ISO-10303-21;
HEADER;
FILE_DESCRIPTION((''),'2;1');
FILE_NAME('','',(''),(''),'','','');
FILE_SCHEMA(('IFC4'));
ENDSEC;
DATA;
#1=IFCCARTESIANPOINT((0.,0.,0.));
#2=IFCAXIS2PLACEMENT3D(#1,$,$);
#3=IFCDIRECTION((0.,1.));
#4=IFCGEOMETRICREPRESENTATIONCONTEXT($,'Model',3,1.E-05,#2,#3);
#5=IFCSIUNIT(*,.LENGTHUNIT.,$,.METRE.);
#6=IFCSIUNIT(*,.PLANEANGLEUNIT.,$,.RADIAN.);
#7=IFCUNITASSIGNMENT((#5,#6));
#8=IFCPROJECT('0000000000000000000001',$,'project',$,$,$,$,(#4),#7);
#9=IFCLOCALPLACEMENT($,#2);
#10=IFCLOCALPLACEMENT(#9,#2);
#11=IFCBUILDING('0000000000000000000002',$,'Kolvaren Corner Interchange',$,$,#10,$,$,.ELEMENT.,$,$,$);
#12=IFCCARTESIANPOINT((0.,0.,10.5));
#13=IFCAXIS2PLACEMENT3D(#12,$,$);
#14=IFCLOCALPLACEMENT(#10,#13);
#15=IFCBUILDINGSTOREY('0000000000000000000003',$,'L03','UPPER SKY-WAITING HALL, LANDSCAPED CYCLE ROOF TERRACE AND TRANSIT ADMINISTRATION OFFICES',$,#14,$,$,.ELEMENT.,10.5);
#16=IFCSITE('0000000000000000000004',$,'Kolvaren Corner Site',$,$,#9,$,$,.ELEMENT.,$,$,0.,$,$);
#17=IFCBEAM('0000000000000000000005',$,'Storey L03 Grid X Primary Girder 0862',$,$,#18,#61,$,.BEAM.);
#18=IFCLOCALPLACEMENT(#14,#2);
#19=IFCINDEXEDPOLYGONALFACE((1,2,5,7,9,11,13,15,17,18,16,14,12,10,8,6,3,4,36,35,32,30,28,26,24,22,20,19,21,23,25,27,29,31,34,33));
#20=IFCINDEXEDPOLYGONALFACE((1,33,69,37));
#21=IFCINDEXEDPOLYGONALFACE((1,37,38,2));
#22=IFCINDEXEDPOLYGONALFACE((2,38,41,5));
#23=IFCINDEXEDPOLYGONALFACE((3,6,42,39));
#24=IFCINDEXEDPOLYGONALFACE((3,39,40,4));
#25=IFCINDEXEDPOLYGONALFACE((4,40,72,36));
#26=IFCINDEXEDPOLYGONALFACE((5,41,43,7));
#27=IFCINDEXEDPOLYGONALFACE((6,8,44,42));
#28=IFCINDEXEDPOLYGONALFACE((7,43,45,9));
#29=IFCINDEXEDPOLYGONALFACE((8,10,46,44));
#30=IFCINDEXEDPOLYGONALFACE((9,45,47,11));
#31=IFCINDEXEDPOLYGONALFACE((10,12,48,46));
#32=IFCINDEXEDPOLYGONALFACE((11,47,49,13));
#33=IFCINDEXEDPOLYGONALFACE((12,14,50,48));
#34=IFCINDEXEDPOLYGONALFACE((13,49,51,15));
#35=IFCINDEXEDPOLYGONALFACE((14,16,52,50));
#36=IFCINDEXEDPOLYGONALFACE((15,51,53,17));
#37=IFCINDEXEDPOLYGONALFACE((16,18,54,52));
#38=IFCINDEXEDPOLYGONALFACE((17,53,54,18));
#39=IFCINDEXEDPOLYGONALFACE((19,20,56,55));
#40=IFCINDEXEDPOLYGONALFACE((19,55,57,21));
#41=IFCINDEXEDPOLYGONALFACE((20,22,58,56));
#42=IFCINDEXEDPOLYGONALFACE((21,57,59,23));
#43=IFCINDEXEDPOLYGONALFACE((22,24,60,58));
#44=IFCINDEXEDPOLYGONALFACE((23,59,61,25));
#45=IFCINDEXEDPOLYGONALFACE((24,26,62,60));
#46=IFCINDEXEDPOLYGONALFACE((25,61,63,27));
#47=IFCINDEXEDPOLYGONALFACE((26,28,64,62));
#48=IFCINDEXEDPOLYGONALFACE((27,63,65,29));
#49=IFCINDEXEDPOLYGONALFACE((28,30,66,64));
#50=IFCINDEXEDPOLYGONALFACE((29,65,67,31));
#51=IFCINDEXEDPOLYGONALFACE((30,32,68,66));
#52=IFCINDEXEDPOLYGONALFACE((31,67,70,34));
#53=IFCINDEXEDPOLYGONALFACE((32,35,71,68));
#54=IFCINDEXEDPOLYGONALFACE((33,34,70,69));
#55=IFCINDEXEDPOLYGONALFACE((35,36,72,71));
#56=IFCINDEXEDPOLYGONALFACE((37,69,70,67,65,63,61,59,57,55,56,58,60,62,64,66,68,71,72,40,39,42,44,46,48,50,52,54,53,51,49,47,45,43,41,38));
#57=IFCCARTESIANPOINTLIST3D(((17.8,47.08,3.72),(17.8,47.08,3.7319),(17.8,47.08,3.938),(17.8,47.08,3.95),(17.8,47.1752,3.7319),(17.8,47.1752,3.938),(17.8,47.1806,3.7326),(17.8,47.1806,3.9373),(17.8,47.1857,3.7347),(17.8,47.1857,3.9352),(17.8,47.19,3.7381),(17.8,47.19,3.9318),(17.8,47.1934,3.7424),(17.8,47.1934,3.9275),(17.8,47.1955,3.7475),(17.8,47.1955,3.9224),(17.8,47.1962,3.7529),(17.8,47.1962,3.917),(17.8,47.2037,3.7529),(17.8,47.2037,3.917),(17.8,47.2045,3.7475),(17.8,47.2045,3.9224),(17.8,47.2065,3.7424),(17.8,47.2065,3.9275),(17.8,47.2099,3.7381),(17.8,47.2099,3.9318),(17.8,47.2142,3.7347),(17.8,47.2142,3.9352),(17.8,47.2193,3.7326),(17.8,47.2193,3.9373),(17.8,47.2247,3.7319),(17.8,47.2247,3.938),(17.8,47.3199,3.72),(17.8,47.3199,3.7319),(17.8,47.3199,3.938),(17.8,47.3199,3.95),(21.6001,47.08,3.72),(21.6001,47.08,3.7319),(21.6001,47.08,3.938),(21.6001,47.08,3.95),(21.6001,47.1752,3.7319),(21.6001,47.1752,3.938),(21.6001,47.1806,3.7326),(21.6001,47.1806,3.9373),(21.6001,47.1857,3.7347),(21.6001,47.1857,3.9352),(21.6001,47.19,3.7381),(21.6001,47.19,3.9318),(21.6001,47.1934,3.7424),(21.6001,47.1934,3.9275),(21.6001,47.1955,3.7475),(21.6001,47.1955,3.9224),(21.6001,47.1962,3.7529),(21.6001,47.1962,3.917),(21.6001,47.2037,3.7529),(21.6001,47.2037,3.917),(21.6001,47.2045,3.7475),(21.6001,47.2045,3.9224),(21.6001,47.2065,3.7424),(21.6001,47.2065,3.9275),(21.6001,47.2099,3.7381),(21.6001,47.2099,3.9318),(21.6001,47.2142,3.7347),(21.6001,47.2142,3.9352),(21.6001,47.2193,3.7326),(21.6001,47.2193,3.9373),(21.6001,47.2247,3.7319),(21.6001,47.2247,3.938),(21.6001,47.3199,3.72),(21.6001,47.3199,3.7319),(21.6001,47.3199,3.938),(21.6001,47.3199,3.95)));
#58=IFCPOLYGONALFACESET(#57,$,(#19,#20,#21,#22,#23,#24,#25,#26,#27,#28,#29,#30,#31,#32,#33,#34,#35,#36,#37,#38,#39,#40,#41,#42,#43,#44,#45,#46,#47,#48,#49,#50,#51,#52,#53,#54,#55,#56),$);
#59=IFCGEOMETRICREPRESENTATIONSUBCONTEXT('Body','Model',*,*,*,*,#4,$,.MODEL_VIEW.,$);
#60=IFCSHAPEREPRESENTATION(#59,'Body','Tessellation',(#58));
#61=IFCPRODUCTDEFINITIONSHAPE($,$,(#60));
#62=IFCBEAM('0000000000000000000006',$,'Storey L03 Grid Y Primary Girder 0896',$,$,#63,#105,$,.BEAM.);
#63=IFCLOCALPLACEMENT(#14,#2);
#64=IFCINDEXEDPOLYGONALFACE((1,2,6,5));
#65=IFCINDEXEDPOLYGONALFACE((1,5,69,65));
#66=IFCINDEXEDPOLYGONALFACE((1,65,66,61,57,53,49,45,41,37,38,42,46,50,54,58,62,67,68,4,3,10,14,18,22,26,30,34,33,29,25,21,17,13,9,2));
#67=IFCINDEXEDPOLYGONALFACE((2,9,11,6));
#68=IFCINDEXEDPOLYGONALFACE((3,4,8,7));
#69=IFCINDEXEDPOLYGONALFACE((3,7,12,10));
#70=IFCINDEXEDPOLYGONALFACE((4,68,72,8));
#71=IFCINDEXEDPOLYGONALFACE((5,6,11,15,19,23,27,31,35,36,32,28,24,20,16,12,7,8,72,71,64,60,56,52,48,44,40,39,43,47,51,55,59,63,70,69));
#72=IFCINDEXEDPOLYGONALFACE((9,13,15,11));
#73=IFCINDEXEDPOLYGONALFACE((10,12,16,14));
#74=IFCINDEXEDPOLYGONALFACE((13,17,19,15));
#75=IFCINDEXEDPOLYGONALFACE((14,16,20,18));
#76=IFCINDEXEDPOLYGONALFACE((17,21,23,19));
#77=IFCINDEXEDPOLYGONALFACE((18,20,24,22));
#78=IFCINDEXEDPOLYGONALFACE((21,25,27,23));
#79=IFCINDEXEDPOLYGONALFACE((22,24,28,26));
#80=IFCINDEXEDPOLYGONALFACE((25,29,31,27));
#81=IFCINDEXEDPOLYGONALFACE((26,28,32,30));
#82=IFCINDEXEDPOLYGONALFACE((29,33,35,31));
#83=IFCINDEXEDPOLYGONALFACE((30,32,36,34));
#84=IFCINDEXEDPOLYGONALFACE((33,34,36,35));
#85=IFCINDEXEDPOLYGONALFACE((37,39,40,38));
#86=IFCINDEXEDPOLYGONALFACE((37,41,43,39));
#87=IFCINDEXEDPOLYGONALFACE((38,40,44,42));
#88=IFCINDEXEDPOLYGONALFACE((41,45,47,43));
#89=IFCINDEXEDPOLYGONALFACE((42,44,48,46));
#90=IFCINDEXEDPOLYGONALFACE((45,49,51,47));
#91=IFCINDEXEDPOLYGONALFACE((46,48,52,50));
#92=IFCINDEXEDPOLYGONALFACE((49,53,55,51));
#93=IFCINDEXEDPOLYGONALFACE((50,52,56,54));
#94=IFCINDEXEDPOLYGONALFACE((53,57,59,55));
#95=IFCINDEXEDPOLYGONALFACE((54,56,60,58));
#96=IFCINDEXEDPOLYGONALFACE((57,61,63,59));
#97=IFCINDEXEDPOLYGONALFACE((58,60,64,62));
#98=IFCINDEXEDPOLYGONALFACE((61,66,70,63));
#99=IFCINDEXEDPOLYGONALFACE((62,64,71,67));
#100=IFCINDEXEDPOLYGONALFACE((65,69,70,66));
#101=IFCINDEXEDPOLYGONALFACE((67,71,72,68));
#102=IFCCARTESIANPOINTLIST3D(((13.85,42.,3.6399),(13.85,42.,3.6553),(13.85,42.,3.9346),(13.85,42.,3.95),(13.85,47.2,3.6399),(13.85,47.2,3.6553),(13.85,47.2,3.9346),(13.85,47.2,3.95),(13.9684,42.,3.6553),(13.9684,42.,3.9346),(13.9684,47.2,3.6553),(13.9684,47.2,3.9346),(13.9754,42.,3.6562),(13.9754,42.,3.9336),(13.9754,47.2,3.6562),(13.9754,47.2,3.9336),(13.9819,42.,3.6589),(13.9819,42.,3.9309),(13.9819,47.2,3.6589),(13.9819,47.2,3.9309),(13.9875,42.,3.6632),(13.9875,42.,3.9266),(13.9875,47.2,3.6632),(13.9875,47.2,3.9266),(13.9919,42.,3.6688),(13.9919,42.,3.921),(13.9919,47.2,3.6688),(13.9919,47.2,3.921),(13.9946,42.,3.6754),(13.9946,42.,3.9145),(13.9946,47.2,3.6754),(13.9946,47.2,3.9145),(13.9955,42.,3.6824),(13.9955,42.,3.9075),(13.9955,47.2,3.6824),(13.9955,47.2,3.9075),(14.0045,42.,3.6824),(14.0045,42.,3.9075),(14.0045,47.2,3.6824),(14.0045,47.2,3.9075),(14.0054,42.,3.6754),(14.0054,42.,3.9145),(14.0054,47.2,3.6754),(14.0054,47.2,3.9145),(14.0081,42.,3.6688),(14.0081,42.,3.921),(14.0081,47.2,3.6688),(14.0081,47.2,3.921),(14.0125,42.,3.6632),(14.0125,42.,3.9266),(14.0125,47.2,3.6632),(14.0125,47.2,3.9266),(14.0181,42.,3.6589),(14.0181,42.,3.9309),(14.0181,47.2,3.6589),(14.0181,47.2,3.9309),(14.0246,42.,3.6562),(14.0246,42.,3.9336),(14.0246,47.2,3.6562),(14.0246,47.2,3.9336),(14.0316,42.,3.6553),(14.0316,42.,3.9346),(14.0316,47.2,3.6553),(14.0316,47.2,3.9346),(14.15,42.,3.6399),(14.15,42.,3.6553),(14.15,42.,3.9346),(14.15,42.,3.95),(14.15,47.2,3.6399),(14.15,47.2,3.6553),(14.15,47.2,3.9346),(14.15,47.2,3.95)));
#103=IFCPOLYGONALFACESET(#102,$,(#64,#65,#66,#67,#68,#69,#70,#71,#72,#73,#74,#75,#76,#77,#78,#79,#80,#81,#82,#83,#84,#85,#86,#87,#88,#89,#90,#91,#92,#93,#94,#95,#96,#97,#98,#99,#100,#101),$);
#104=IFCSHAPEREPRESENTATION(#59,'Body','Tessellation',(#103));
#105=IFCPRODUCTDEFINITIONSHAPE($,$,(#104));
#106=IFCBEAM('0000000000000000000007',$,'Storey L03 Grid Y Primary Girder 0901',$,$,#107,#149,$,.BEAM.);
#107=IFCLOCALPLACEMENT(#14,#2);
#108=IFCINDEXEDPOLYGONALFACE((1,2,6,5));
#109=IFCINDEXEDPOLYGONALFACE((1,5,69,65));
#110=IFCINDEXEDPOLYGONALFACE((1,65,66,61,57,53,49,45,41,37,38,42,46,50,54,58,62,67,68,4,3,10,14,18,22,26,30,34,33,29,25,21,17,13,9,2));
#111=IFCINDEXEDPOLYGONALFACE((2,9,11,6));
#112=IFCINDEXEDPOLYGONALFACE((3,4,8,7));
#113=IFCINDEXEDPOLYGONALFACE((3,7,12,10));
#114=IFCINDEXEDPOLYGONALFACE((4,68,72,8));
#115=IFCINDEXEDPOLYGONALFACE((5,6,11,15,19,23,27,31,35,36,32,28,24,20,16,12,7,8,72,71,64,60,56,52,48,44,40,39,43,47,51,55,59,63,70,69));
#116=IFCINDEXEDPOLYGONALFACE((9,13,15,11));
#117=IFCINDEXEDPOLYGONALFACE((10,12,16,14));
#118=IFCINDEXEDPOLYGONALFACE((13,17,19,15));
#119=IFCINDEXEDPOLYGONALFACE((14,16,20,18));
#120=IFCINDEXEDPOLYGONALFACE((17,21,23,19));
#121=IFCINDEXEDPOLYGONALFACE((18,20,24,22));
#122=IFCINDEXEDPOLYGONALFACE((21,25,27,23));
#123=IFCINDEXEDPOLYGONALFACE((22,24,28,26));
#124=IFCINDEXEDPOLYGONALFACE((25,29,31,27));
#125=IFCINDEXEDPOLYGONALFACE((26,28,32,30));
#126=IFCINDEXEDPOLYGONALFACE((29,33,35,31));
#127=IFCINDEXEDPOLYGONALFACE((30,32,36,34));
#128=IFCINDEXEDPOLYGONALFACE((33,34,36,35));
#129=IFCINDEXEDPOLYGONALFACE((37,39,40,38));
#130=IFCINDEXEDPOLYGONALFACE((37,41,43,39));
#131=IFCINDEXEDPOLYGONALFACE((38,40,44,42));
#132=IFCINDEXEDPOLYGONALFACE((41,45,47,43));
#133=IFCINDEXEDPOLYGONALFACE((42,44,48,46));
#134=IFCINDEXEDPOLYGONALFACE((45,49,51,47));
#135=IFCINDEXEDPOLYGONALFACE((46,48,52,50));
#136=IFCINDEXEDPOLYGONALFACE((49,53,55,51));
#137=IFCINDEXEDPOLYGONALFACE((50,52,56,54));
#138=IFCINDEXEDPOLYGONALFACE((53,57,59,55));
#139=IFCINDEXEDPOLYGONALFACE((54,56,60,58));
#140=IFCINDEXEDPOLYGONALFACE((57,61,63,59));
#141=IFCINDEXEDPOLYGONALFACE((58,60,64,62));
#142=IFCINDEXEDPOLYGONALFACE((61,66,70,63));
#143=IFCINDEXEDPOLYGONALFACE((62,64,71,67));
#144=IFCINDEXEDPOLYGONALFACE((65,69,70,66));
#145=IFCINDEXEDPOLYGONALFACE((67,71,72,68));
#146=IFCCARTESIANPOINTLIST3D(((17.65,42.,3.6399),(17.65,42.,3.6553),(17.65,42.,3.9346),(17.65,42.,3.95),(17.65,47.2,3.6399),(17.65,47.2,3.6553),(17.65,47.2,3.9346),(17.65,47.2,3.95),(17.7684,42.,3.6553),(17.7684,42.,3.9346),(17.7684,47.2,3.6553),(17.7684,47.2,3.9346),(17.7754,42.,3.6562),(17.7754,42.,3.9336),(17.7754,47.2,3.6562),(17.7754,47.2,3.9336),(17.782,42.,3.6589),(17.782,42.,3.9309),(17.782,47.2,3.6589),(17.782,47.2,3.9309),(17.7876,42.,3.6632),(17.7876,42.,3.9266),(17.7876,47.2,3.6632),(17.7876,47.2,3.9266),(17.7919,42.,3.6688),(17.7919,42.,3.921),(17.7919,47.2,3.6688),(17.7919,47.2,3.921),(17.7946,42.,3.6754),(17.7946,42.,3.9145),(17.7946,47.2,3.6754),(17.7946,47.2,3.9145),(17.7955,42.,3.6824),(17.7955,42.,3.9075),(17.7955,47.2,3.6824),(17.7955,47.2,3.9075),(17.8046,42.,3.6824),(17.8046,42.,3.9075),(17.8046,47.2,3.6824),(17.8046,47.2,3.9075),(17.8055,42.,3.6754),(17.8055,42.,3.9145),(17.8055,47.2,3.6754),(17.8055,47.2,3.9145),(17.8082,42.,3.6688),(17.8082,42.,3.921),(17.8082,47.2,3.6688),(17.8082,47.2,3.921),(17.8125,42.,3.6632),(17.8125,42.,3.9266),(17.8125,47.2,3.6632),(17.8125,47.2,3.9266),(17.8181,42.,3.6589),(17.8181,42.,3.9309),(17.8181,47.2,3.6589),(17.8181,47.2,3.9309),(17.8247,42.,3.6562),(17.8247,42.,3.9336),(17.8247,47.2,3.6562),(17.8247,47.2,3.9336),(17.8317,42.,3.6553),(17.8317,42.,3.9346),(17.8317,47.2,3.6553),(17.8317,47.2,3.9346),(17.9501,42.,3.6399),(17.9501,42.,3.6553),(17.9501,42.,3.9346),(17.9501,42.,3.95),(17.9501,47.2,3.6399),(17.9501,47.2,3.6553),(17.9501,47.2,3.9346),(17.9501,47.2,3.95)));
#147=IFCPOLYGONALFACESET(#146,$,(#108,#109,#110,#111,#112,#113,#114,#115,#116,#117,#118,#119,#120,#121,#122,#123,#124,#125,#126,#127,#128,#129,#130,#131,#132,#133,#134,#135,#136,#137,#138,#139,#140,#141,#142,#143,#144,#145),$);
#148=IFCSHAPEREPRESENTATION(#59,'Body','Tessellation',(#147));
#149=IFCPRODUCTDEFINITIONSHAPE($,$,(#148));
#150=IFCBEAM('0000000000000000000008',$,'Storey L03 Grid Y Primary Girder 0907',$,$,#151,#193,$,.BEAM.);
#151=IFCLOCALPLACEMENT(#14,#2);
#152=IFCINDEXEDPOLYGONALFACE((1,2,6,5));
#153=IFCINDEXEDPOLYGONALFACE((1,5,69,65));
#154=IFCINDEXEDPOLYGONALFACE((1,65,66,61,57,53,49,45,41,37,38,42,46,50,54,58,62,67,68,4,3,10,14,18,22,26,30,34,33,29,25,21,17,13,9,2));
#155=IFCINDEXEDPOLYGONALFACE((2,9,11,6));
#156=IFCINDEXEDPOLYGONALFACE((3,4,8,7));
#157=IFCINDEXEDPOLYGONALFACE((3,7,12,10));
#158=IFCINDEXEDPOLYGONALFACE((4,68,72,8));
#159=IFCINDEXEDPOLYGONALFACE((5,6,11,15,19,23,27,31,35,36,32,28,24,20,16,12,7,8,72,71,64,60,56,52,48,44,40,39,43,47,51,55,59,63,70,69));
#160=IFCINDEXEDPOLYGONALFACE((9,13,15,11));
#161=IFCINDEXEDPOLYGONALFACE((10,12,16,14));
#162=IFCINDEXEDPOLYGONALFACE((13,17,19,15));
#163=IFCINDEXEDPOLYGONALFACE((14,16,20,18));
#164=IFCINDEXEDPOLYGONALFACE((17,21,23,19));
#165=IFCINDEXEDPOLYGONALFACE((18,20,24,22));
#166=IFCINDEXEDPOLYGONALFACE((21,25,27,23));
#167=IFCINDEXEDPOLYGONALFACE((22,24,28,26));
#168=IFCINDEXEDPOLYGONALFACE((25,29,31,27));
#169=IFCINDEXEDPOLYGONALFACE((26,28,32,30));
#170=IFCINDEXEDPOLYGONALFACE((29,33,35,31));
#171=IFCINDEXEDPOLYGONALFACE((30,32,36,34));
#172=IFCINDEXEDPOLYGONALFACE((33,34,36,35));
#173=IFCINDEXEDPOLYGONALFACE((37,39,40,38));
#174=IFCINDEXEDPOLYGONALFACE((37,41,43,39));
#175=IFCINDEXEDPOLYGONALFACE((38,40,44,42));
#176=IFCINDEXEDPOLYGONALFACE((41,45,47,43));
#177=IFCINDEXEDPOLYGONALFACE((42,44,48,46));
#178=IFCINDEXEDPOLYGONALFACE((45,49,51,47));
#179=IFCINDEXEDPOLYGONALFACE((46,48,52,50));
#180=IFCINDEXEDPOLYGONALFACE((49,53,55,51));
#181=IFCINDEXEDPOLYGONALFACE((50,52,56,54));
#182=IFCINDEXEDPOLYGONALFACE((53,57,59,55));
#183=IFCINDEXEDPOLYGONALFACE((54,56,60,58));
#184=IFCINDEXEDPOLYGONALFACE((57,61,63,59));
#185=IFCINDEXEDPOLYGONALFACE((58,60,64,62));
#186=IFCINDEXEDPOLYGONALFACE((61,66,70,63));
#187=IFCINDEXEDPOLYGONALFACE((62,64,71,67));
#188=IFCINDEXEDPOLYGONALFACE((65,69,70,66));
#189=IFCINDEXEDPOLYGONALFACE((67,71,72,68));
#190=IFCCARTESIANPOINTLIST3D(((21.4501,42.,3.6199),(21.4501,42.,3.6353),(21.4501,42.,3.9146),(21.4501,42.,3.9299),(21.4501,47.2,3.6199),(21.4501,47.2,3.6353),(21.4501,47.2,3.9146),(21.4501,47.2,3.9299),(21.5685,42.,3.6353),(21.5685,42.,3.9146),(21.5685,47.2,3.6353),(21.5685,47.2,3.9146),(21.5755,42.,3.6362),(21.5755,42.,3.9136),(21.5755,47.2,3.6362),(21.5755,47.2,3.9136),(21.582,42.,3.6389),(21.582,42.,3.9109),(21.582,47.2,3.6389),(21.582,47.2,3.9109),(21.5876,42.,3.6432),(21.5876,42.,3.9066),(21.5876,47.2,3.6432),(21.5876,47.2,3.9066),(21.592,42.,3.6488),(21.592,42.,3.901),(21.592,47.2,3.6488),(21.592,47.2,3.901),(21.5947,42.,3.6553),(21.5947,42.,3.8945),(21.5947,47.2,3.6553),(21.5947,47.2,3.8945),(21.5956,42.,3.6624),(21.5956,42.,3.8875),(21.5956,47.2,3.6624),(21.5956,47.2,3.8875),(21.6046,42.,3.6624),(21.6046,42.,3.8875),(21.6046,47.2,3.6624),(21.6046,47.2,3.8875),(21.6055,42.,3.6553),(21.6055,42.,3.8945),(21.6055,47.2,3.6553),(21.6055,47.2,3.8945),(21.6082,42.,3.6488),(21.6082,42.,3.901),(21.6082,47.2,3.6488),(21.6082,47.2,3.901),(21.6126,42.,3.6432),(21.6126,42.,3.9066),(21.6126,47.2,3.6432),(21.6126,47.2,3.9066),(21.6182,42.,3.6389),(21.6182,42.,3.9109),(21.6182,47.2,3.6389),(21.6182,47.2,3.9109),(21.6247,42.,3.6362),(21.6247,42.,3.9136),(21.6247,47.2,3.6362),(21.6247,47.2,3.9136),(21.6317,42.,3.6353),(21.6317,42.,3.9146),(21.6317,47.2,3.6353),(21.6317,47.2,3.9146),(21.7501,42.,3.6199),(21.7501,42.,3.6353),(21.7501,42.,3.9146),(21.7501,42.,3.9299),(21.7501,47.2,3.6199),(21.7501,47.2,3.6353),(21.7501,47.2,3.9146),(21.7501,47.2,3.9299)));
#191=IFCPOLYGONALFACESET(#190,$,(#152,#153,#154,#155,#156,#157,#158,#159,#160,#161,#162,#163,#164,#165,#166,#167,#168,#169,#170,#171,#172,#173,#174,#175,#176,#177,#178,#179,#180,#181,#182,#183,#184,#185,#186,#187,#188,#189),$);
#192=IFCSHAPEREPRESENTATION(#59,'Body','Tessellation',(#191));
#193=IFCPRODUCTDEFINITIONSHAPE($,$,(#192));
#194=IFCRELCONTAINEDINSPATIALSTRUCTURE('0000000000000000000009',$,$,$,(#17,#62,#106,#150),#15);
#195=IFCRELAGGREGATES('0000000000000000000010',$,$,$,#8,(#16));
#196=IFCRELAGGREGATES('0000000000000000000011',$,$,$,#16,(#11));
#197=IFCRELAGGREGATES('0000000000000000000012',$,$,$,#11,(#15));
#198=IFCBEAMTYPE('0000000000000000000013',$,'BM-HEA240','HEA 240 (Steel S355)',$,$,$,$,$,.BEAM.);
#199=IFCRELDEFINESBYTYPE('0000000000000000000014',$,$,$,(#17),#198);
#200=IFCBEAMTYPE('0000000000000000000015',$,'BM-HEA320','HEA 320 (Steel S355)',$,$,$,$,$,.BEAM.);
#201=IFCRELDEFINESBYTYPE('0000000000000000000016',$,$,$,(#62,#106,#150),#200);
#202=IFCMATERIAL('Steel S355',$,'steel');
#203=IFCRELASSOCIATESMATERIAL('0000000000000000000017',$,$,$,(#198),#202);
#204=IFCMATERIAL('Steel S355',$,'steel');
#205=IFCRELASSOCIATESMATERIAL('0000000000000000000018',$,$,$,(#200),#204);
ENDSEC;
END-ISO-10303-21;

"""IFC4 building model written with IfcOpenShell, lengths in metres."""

from ifc_helpers import new_model, si_unit, direction, frame, origin, origin_2d, place, context, subcontext, project, spatial, i_section, extrude, material, material_profile, profile_set, type_object, element, save


model = new_model("IFC4")

# Units and contexts
model_context = context("Model", 3, precision=1e-05, world=origin(), true_north=direction((0.0, 1.0)))
body_context = subcontext(model_context, "Body", "Model", "MODEL_VIEW")
ifc_project = project(units=[si_unit("LENGTHUNIT", "METRE"), si_unit("PLANEANGLEUNIT", "RADIAN")], contexts=[model_context])

# Site, building, storey
site_placement = place(None, origin())
site = spatial("IfcSite", under=ifc_project, at=site_placement, Name="Kolvaren Corner Site", CompositionType="ELEMENT", RefElevation=0.0)
building_placement = place(site_placement, origin())
building = spatial("IfcBuilding", under=site, at=building_placement, Name="Kolvaren Corner Interchange", CompositionType="ELEMENT")
storey_placement = place(building_placement, frame((0.0, 0.0, 10.5)))
storey = spatial("IfcBuildingStorey", under=building, at=storey_placement, Name="L03", Description="UPPER SKY-WAITING HALL, LANDSCAPED CYCLE ROOF TERRACE AND TRANSIT ADMINISTRATION OFFICES", CompositionType="ELEMENT", Elevation=10.5)

# Beams
ifc_material_1 = material(Name="Steel S355", Category="steel")
ifc_material_profile_1 = material_profile(ifc_material_1, i_section(OverallWidth=0.24, OverallDepth=0.23, WebThickness=0.0076, FlangeThickness=0.012, FilletRadius=0.021, at=origin_2d()), Name="HEA 240")
ifc_profile_set_1 = profile_set([ifc_material_profile_1], Name="Steel S355")
beam_type_1 = type_object("IfcBeamType", Name="BM-HEA240", Description="HEA 240 (Steel S355)", PredefinedType="BEAM", material=ifc_profile_set_1)
for number, where, z_axis, x_axis, name in (
    (1, (17.8, 47.2, 3.835), (1.0, 0.0, 0.0), (0.0, 1.0, 0.0), "Storey L03 Grid X Primary Girder 0862"),
):
    element("IfcBeam", number, at=place(storey_placement, frame(where, z_axis=z_axis, x_axis=x_axis)), inside=storey, type_object=beam_type_1, Name=name, PredefinedType="BEAM", context=body_context, shape_type="SweptSolid", body=[
        extrude(i_section(OverallWidth=0.24, OverallDepth=0.23, WebThickness=0.0076, FlangeThickness=0.012, FilletRadius=0.021, at=origin_2d()), origin(), (0.0, 0.0, 1.0), 3.8),
    ])
ifc_material_2 = material(Name="Steel S355", Category="steel")
ifc_material_profile_2 = material_profile(ifc_material_2, i_section(OverallWidth=0.3, OverallDepth=0.3101, WebThickness=0.009, FlangeThickness=0.0154, FilletRadius=0.0271, at=origin_2d()), Name="HEA 320")
ifc_profile_set_2 = profile_set([ifc_material_profile_2], Name="Steel S355")
beam_type_2 = type_object("IfcBeamType", Name="BM-HEA320", Description="HEA 320 (Steel S355)", PredefinedType="BEAM", material=ifc_profile_set_2)
for number, where, z_axis, x_axis, name in (
    (2, (14.0, 42.0, 3.7949), (0.0, 1.0, 0.0), (-1.0, 0.0, 0.0), "Storey L03 Grid Y Primary Girder 0896"),
    (3, (17.8, 42.0, 3.7949), (0.0, 1.0, 0.0), (-1.0, 0.0, 0.0), "Storey L03 Grid Y Primary Girder 0901"),
    (4, (21.6001, 42.0, 3.7749), (0.0, 1.0, 0.0), (-1.0, 0.0, 0.0), "Storey L03 Grid Y Primary Girder 0907"),
):
    element("IfcBeam", number, at=place(storey_placement, frame(where, z_axis=z_axis, x_axis=x_axis)), inside=storey, type_object=beam_type_2, Name=name, PredefinedType="BEAM", context=body_context, shape_type="SweptSolid", body=[
        extrude(i_section(OverallWidth=0.3, OverallDepth=0.3101, WebThickness=0.009, FlangeThickness=0.0154, FilletRadius=0.0271, at=origin_2d()), origin(), (0.0, 0.0, 1.0), 5.2),
    ])

save(model, "model.ifc")
